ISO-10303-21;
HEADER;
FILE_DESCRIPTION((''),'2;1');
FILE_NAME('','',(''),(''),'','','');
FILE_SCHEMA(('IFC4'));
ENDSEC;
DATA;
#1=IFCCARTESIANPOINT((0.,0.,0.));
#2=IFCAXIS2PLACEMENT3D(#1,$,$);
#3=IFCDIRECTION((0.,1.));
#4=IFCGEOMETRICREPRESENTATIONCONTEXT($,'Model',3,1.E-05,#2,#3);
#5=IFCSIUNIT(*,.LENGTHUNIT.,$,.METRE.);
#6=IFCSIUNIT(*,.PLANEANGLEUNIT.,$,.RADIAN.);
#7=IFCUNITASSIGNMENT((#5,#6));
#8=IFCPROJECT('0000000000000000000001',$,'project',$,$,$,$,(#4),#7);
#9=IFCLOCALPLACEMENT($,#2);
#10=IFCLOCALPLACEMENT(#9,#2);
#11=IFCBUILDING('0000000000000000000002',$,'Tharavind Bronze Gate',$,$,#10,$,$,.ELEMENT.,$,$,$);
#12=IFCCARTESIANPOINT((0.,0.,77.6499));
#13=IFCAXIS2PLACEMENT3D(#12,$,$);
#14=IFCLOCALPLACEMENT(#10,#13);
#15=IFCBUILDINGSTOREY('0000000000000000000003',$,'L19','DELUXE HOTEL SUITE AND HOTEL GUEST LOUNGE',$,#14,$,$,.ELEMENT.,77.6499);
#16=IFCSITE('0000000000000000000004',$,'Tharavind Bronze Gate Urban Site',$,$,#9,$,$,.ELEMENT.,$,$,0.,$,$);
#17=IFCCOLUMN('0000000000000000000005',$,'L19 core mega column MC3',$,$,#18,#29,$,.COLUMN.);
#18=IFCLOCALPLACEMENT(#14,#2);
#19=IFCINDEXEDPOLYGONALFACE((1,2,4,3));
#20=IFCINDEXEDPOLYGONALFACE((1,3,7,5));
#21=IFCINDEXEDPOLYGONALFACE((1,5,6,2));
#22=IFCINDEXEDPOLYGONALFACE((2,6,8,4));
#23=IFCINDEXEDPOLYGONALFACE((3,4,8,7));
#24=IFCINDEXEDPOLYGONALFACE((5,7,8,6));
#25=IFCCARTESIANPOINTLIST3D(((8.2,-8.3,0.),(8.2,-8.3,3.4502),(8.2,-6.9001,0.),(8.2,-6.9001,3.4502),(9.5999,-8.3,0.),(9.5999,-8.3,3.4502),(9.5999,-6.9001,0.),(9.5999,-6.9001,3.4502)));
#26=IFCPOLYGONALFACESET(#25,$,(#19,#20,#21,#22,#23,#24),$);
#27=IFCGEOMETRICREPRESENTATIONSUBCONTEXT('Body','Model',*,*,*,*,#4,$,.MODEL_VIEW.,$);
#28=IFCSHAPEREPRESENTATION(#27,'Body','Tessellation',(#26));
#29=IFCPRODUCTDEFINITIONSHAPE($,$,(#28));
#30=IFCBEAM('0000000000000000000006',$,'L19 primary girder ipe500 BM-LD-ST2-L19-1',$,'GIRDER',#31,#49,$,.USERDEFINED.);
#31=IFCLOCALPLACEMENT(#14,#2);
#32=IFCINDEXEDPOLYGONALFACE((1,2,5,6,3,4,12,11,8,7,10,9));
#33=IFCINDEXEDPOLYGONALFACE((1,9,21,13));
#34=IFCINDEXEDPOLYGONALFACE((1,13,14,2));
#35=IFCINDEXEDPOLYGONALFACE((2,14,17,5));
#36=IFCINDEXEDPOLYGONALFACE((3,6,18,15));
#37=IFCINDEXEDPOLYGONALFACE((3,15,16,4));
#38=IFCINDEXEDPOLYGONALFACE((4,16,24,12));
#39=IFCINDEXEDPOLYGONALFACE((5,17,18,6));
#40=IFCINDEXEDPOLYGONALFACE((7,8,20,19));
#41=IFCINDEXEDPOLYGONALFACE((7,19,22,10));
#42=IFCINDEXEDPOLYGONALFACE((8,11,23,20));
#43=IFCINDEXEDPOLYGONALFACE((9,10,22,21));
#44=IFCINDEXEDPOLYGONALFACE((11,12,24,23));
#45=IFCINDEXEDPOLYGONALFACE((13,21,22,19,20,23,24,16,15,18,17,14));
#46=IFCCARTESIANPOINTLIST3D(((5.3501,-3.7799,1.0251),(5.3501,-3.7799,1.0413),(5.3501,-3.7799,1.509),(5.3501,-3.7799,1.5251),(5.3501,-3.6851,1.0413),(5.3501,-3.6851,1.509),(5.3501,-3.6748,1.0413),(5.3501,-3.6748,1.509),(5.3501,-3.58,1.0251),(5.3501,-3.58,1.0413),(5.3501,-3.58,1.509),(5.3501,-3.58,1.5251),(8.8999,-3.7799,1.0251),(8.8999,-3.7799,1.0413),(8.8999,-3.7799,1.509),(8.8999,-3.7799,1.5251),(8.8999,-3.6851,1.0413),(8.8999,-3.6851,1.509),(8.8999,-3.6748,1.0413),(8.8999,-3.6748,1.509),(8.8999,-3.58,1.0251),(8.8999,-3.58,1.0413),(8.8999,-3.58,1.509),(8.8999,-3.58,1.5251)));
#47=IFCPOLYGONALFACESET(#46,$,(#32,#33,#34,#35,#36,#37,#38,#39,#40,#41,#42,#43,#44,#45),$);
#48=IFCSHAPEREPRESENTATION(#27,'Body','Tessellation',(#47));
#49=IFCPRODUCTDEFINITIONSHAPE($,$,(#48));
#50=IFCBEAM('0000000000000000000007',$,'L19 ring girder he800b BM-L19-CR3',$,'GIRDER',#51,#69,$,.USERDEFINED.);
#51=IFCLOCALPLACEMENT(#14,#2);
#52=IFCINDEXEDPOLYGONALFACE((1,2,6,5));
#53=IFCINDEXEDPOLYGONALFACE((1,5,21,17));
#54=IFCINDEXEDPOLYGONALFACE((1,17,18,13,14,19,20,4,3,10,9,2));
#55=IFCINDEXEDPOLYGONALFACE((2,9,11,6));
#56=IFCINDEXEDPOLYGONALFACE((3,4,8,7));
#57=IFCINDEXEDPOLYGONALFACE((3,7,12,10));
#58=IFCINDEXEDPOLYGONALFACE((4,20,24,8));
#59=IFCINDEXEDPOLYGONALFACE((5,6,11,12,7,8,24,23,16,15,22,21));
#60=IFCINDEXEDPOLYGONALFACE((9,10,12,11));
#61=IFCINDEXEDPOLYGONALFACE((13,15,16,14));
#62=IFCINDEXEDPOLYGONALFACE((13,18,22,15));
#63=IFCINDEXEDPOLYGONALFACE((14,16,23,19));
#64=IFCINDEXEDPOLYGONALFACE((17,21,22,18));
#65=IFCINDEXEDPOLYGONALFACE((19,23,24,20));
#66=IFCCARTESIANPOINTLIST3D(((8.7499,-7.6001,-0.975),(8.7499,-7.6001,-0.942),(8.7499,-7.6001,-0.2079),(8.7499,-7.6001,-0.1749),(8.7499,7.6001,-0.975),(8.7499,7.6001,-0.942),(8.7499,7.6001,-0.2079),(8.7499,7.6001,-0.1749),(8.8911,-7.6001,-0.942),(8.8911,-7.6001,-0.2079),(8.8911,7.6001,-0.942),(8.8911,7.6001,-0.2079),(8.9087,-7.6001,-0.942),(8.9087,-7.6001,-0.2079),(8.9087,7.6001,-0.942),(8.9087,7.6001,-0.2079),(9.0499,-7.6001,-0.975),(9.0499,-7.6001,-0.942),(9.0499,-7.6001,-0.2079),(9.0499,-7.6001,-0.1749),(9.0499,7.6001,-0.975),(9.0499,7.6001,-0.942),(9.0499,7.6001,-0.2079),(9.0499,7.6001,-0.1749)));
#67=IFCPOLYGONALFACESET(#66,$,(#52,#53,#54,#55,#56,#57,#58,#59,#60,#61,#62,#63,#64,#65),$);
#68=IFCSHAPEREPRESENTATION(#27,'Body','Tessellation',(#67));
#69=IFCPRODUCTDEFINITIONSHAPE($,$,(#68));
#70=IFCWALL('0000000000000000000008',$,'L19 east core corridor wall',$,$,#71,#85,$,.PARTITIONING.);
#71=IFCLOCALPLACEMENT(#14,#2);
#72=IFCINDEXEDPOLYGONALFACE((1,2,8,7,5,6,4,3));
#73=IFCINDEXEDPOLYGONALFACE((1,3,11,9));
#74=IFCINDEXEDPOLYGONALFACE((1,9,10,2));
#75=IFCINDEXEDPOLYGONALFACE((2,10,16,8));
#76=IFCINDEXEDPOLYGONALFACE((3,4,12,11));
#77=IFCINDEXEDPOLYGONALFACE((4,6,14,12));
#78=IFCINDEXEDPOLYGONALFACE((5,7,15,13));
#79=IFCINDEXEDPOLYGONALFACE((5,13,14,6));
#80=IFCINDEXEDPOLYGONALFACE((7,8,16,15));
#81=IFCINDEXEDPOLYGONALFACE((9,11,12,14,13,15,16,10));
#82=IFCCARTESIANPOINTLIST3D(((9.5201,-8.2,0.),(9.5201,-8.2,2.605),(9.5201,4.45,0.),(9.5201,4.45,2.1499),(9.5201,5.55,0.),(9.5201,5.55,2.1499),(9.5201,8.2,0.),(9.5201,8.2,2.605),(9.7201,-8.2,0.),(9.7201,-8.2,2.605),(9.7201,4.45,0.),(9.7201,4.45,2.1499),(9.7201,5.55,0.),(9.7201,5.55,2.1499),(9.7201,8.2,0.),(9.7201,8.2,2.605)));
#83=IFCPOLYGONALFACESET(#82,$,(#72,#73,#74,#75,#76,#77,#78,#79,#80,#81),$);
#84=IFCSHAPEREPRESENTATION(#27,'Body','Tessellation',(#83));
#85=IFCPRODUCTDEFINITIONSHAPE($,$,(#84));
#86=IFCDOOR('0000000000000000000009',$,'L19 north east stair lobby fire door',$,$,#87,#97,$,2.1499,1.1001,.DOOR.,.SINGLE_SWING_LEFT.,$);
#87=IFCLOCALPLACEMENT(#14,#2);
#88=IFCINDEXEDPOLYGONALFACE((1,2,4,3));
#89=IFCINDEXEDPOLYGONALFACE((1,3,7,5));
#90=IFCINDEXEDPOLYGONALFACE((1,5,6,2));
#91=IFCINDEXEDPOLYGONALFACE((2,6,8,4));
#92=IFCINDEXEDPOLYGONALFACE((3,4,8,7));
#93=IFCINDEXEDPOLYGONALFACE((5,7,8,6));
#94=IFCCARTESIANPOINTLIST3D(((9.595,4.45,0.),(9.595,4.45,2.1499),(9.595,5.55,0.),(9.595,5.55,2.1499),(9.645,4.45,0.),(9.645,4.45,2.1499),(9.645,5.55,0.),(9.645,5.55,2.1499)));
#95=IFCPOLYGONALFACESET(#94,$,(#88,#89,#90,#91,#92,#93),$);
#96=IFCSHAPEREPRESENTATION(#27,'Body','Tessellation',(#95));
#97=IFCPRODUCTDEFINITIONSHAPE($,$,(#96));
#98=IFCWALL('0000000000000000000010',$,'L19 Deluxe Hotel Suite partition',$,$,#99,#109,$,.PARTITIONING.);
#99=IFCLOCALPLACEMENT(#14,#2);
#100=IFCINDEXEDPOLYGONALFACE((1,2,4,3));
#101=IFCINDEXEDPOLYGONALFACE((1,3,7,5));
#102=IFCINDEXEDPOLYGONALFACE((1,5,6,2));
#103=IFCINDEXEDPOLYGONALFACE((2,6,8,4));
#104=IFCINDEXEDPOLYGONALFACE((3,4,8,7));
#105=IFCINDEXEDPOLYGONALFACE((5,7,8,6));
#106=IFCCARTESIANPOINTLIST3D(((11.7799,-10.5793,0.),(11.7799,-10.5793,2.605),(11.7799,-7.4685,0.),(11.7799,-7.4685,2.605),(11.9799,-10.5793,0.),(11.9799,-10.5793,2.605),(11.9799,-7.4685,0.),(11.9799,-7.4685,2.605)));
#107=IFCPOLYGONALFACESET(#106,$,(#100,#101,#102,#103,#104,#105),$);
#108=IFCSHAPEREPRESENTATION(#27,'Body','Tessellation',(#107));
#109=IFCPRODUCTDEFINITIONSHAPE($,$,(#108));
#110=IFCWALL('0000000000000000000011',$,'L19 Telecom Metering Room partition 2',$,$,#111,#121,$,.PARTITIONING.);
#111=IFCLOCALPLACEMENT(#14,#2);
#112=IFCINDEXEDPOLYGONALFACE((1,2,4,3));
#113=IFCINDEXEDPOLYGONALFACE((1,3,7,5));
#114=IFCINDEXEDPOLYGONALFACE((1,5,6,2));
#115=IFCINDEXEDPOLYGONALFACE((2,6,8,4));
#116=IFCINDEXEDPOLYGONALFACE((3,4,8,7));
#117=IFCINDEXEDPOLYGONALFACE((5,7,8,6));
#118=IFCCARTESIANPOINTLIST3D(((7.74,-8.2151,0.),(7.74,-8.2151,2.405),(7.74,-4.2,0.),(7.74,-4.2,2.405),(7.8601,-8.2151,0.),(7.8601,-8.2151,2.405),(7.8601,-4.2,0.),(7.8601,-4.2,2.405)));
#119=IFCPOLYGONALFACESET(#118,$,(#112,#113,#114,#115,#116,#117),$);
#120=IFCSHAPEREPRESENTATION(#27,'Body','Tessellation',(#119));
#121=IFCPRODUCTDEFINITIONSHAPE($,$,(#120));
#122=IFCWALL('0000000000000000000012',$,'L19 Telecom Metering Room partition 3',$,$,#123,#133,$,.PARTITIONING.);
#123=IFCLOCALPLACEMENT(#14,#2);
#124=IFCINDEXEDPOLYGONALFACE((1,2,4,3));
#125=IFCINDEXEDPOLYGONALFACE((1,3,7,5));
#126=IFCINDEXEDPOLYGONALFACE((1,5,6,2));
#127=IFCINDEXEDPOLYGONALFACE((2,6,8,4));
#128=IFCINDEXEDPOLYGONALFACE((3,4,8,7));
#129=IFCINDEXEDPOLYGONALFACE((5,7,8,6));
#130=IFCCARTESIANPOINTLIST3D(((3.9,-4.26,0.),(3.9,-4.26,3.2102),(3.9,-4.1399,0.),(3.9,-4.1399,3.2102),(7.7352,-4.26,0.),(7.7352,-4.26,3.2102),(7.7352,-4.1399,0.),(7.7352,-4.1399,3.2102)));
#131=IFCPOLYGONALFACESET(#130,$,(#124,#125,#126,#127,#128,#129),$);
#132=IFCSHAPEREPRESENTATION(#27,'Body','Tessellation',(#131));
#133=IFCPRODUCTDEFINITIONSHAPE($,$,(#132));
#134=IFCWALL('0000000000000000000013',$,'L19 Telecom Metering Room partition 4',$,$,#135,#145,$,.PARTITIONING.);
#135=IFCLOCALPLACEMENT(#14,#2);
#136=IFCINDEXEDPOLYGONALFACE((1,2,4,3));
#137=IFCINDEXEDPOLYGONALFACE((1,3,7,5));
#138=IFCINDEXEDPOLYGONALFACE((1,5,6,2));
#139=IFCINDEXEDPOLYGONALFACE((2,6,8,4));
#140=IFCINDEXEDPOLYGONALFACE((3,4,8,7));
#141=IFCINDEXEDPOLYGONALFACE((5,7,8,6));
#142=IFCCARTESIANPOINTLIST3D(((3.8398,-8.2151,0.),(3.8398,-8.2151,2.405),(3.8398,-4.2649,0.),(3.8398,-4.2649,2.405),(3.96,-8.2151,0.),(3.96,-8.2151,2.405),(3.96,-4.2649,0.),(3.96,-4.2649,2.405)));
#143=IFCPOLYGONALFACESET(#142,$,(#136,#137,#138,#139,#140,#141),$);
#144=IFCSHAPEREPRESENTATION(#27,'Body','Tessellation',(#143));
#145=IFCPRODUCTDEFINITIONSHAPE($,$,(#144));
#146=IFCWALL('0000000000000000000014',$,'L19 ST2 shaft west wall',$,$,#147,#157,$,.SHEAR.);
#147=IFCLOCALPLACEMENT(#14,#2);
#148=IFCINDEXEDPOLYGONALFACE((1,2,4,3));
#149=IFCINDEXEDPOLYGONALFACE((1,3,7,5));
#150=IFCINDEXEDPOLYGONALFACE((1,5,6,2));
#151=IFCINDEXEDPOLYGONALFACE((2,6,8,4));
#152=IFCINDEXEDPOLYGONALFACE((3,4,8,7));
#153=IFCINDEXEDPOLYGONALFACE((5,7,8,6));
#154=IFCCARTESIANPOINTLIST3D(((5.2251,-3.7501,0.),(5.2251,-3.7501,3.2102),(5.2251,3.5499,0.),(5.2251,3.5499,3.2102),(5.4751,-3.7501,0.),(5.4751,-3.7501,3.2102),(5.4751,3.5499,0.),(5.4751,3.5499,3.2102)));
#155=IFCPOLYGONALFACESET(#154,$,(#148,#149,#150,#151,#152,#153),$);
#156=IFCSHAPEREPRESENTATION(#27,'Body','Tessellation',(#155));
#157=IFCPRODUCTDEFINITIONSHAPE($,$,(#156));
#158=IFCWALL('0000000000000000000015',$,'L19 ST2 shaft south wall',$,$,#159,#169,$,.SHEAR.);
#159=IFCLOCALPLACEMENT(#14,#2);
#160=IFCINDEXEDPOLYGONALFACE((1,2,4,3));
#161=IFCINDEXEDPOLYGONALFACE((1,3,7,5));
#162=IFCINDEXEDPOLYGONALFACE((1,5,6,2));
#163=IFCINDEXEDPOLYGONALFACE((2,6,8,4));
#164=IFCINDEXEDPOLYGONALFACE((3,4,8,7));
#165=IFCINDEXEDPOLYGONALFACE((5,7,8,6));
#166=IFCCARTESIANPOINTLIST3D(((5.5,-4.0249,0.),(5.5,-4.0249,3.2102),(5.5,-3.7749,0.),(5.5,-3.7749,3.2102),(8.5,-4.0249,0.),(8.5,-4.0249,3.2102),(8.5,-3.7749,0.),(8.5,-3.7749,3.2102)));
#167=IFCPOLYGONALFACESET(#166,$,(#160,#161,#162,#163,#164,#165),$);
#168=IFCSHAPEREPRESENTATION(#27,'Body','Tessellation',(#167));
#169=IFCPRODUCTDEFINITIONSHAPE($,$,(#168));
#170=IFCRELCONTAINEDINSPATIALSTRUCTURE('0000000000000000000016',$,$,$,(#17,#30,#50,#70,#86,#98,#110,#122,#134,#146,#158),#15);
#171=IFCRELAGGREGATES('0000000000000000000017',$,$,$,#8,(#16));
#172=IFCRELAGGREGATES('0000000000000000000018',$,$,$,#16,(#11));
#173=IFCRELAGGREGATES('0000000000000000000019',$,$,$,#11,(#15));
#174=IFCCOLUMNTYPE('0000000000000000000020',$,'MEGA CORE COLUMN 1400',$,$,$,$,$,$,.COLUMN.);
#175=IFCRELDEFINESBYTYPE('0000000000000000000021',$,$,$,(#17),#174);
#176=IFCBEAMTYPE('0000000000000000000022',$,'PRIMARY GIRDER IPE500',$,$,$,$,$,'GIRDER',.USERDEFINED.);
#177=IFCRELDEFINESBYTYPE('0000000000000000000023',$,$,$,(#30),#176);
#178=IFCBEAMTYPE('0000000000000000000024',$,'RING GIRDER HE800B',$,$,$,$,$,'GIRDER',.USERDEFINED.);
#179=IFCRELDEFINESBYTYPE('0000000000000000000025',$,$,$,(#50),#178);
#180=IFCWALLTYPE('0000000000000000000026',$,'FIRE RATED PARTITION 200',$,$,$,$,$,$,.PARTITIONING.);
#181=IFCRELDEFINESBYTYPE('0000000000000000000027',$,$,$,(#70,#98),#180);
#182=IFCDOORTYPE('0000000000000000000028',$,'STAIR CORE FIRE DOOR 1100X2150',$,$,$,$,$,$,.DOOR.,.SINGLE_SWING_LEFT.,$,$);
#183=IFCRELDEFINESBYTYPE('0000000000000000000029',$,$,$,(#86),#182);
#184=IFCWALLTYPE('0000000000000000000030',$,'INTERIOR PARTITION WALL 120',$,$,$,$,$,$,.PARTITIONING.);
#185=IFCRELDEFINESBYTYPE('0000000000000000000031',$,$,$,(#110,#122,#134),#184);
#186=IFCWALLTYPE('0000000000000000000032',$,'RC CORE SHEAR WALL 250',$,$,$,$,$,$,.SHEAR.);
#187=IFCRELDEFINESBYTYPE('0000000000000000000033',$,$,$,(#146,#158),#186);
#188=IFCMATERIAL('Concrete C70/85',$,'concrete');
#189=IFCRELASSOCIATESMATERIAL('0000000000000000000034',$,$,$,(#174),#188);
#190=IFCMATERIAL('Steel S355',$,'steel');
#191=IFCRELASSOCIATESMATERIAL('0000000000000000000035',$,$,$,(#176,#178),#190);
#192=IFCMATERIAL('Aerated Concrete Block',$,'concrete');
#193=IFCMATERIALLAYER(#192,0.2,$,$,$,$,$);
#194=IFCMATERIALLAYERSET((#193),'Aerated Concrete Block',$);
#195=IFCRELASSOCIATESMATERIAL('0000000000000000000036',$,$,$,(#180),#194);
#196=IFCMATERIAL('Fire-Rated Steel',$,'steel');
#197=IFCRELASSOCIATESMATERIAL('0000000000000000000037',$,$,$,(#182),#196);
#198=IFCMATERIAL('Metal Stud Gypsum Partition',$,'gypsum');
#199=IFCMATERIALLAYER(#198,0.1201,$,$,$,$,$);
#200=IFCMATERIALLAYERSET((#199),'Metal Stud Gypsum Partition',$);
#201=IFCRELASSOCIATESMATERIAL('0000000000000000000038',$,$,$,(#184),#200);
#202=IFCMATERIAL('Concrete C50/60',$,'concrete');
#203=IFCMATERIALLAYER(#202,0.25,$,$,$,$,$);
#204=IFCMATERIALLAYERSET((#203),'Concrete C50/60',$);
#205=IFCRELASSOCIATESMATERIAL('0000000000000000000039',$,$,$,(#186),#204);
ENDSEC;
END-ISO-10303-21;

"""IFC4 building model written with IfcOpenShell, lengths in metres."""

from ifc_helpers import new_model, si_unit, direction, frame, frame_2d, origin, origin_2d, place, context, subcontext, project, spatial, rectangle, i_section, extrude, material, layer, layer_set, material_profile, profile_set, type_object, element, fill, save


model = new_model("IFC4")

# Units and contexts
model_context = context("Model", 3, precision=1e-05, world=origin(), true_north=direction((0.0, 1.0)))
body_context = subcontext(model_context, "Body", "Model", "MODEL_VIEW")
ifc_project = project(units=[si_unit("LENGTHUNIT", "METRE"), si_unit("PLANEANGLEUNIT", "RADIAN")], contexts=[model_context])

# Site, building, storey
site_placement = place(None, origin())
site = spatial("IfcSite", under=ifc_project, at=site_placement, Name="Tharavind Bronze Gate Urban Site", CompositionType="ELEMENT", RefElevation=0.0)
building_placement = place(site_placement, origin())
building = spatial("IfcBuilding", under=site, at=building_placement, Name="Tharavind Bronze Gate", CompositionType="ELEMENT")
storey_placement = place(building_placement, frame((0.0, 0.0, 77.6499)))
storey = spatial("IfcBuildingStorey", under=building, at=storey_placement, Name="L19", Description="DELUXE HOTEL SUITE AND HOTEL GUEST LOUNGE", CompositionType="ELEMENT", Elevation=77.6499)

# Column
ifc_material_1 = material(Name="Concrete C70/85", Category="concrete")
ifc_material_profile_1 = material_profile(ifc_material_1, rectangle(XDim=1.3999, YDim=1.3999, at=origin_2d()), Name="RCCOL1400")
ifc_profile_set_1 = profile_set([ifc_material_profile_1], Name="Concrete C70/85")
column_type = type_object("IfcColumnType", Name="MEGA CORE COLUMN 1400", PredefinedType="COLUMN", material=ifc_profile_set_1)
column_placement = place(storey_placement, frame((8.8999, -7.6001, 0.0), z_axis=(0.0, 0.0, 1.0), x_axis=(1.0, 0.0, 0.0)))
element("IfcColumn", 1, at=column_placement, inside=storey, type_object=column_type, Name="L19 core mega column MC3", PredefinedType="COLUMN", context=body_context, shape_type="SweptSolid", body=[
    extrude(rectangle(XDim=1.3999, YDim=1.3999, at=origin_2d()), origin(), (0.0, 0.0, 1.0), 3.4502),
])

# Beams
ifc_material_2 = material(Name="Steel S355", Category="steel")
ifc_material_profile_2 = material_profile(ifc_material_2, i_section(OverallWidth=0.2, OverallDepth=0.5, WebThickness=0.0103, FlangeThickness=0.0161, at=origin_2d()), Name="IPE500")
ifc_profile_set_2 = profile_set([ifc_material_profile_2], Name="Steel S355")
beam_type_1 = type_object("IfcBeamType", Name="PRIMARY GIRDER IPE500", ElementType="GIRDER", PredefinedType="USERDEFINED", material=ifc_profile_set_2)
beam_1_placement = place(storey_placement, frame((5.3501, -3.6799, 1.2751), z_axis=(1.0, 0.0, 0.0), x_axis=(0.0, 1.0, 0.0)))
element("IfcBeam", 2, at=beam_1_placement, inside=storey, type_object=beam_type_1, Name="L19 primary girder ipe500 BM-LD-ST2-L19-1", ObjectType="GIRDER", PredefinedType="USERDEFINED", context=body_context, shape_type="SweptSolid", body=[
    extrude(i_section(OverallWidth=0.2, OverallDepth=0.5, WebThickness=0.0103, FlangeThickness=0.0161, at=origin_2d()), origin(), (0.0, 0.0, 1.0), 3.5498),
])
ifc_material_profile_3 = material_profile(ifc_material_2, i_section(OverallWidth=0.3, OverallDepth=0.8, WebThickness=0.0176, FlangeThickness=0.033, at=origin_2d()), Name="HE800B")
ifc_profile_set_3 = profile_set([ifc_material_profile_3], Name="Steel S355")
beam_type_2 = type_object("IfcBeamType", Name="RING GIRDER HE800B", ElementType="GIRDER", PredefinedType="USERDEFINED", material=ifc_profile_set_3)
beam_2_placement = place(storey_placement, frame((8.8999, -7.6001, -0.575), z_axis=(0.0, 1.0, 0.0), x_axis=(-1.0, 0.0, 0.0)))
element("IfcBeam", 3, at=beam_2_placement, inside=storey, type_object=beam_type_2, Name="L19 ring girder he800b BM-L19-CR3", ObjectType="GIRDER", PredefinedType="USERDEFINED", context=body_context, shape_type="SweptSolid", body=[
    extrude(i_section(OverallWidth=0.3, OverallDepth=0.8, WebThickness=0.0176, FlangeThickness=0.033, at=origin_2d()), origin(), (0.0, 0.0, 1.0), 15.2002),
])

# Wall, opening, door
ifc_material_3 = material(Name="Aerated Concrete Block", Category="concrete")
ifc_layer_1 = layer(ifc_material_3, 0.2)
ifc_layer_set_1 = layer_set([ifc_layer_1], Name="Aerated Concrete Block")
wall_type_1 = type_object("IfcWallType", Name="FIRE RATED PARTITION 200", PredefinedType="PARTITIONING", material=ifc_layer_set_1)
wall_1_placement = place(storey_placement, frame((9.6201, -8.2, 0.0), z_axis=(0.0, 0.0, 1.0), x_axis=(0.0, 1.0, 0.0)))
wall_1 = element("IfcWall", 4, at=wall_1_placement, inside=storey, type_object=wall_type_1, Name="L19 east core corridor wall", PredefinedType="PARTITIONING", context=body_context, shape_type="SweptSolid", body=[
    extrude(rectangle(XDim=16.3999, YDim=0.2, at=frame_2d((8.2, 0.0))), origin(), (0.0, 0.0, 1.0), 2.605),
])
opening_1_placement = place(wall_1_placement, frame((12.6499, 0.0, 0.0)))
opening_1 = element("IfcOpeningElement", 5, at=opening_1_placement, cuts=wall_1, PredefinedType="OPENING", context=body_context, shape_type="SweptSolid", body=[
    extrude(rectangle(XDim=1.1001, YDim=2.1499, at=frame_2d((0.55, 1.075))), frame((0.0, 0.1101, 0.0), z_axis=(0.0, -1.0, 0.0), x_axis=(1.0, 0.0, 0.0)), (0.0, 0.0, 1.0), 0.22),
])
ifc_material_4 = material(Name="Fire-Rated Steel", Category="steel")
door_type_1 = type_object("IfcDoorType", Name="STAIR CORE FIRE DOOR 1100X2150", OperationType="SINGLE_SWING_LEFT", PredefinedType="DOOR", material=ifc_material_4)
door_1_placement = place(opening_1_placement, frame((1.1001, 0.0, 0.0), z_axis=(0.0, 0.0, 1.0), x_axis=(-1.0, 0.0, 0.0)))
door_1 = element("IfcDoor", 6, at=door_1_placement, inside=storey, type_object=door_type_1, Name="L19 north east stair lobby fire door", OperationType="SINGLE_SWING_LEFT", OverallHeight=2.1499, OverallWidth=1.1001, PredefinedType="DOOR", context=body_context, shape_type="SweptSolid", body=[
    extrude(rectangle(XDim=1.1001, YDim=2.1499, at=frame_2d((0.55, 1.075))), frame((0.0, 0.0249, 0.0), z_axis=(0.0, -1.0, 0.0), x_axis=(1.0, 0.0, 0.0)), (0.0, 0.0, 1.0), 0.05),
])
fill(opening_1, door_1)

# Wall
wall_2_placement = place(storey_placement, frame((11.8799, -10.5793, 0.0), z_axis=(0.0, 0.0, 1.0), x_axis=(0.0, 1.0, 0.0)))
element("IfcWall", 7, at=wall_2_placement, inside=storey, type_object=wall_type_1, Name="L19 Deluxe Hotel Suite partition", PredefinedType="PARTITIONING", context=body_context, shape_type="SweptSolid", body=[
    extrude(rectangle(XDim=3.1108, YDim=0.2, at=frame_2d((1.5554, 0.0))), origin(), (0.0, 0.0, 1.0), 2.605),
])

# Walls
ifc_material_5 = material(Name="Metal Stud Gypsum Partition", Category="gypsum")
ifc_layer_2 = layer(ifc_material_5, 0.1201)
ifc_layer_set_2 = layer_set([ifc_layer_2], Name="Metal Stud Gypsum Partition")
wall_type_2 = type_object("IfcWallType", Name="INTERIOR PARTITION WALL 120", PredefinedType="PARTITIONING", material=ifc_layer_set_2)
wall_3_placement = place(storey_placement, frame((7.8, -8.2151, 0.0), z_axis=(0.0, 0.0, 1.0), x_axis=(0.0, 1.0, 0.0)))
element("IfcWall", 8, at=wall_3_placement, inside=storey, type_object=wall_type_2, Name="L19 Telecom Metering Room partition 2", PredefinedType="PARTITIONING", context=body_context, shape_type="SweptSolid", body=[
    extrude(rectangle(XDim=4.0151, YDim=0.1201, at=frame_2d((2.0076, 0.0))), origin(), (0.0, 0.0, 1.0), 2.405),
])
wall_4_placement = place(storey_placement, frame((7.7351, -4.2, 0.0), z_axis=(0.0, 0.0, 1.0), x_axis=(-1.0, 0.0, 0.0)))
element("IfcWall", 9, at=wall_4_placement, inside=storey, type_object=wall_type_2, Name="L19 Telecom Metering Room partition 3", PredefinedType="PARTITIONING", context=body_context, shape_type="SweptSolid", body=[
    extrude(rectangle(XDim=3.8352, YDim=0.1201, at=frame_2d((1.9175, 0.0))), origin(), (0.0, 0.0, 1.0), 3.2102),
])
wall_5_placement = place(storey_placement, frame((3.8999, -4.2649, 0.0), z_axis=(0.0, 0.0, 1.0), x_axis=(0.0, -1.0, 0.0)))
element("IfcWall", 10, at=wall_5_placement, inside=storey, type_object=wall_type_2, Name="L19 Telecom Metering Room partition 4", PredefinedType="PARTITIONING", context=body_context, shape_type="SweptSolid", body=[
    extrude(rectangle(XDim=3.9502, YDim=0.1201, at=frame_2d((1.9751, 0.0))), origin(), (0.0, 0.0, 1.0), 2.405),
])
ifc_material_6 = material(Name="Concrete C50/60", Category="concrete")
ifc_layer_3 = layer(ifc_material_6, 0.25)
ifc_layer_set_3 = layer_set([ifc_layer_3], Name="Concrete C50/60")
wall_type_3 = type_object("IfcWallType", Name="RC CORE SHEAR WALL 250", PredefinedType="SHEAR", material=ifc_layer_set_3)
wall_6_placement = place(storey_placement, frame((5.3501, -3.75, 0.0), z_axis=(0.0, 0.0, 1.0), x_axis=(0.0, 1.0, 0.0)))
element("IfcWall", 11, at=wall_6_placement, inside=storey, type_object=wall_type_3, Name="L19 ST2 shaft west wall", PredefinedType="SHEAR", context=body_context, shape_type="SweptSolid", body=[
    extrude(rectangle(XDim=7.3, YDim=0.25, at=frame_2d((3.6499, 0.0))), origin(), (0.0, 0.0, 1.0), 3.2102),
])
wall_7_placement = place(storey_placement, frame((5.5, -3.8999, 0.0), z_axis=(0.0, 0.0, 1.0), x_axis=(1.0, 0.0, 0.0)))
element("IfcWall", 12, at=wall_7_placement, inside=storey, type_object=wall_type_3, Name="L19 ST2 shaft south wall", PredefinedType="SHEAR", context=body_context, shape_type="SweptSolid", body=[
    extrude(rectangle(XDim=3.0, YDim=0.25, at=frame_2d((1.5, 0.0))), origin(), (0.0, 0.0, 1.0), 3.2102),
])

save(model, "model.ifc")
